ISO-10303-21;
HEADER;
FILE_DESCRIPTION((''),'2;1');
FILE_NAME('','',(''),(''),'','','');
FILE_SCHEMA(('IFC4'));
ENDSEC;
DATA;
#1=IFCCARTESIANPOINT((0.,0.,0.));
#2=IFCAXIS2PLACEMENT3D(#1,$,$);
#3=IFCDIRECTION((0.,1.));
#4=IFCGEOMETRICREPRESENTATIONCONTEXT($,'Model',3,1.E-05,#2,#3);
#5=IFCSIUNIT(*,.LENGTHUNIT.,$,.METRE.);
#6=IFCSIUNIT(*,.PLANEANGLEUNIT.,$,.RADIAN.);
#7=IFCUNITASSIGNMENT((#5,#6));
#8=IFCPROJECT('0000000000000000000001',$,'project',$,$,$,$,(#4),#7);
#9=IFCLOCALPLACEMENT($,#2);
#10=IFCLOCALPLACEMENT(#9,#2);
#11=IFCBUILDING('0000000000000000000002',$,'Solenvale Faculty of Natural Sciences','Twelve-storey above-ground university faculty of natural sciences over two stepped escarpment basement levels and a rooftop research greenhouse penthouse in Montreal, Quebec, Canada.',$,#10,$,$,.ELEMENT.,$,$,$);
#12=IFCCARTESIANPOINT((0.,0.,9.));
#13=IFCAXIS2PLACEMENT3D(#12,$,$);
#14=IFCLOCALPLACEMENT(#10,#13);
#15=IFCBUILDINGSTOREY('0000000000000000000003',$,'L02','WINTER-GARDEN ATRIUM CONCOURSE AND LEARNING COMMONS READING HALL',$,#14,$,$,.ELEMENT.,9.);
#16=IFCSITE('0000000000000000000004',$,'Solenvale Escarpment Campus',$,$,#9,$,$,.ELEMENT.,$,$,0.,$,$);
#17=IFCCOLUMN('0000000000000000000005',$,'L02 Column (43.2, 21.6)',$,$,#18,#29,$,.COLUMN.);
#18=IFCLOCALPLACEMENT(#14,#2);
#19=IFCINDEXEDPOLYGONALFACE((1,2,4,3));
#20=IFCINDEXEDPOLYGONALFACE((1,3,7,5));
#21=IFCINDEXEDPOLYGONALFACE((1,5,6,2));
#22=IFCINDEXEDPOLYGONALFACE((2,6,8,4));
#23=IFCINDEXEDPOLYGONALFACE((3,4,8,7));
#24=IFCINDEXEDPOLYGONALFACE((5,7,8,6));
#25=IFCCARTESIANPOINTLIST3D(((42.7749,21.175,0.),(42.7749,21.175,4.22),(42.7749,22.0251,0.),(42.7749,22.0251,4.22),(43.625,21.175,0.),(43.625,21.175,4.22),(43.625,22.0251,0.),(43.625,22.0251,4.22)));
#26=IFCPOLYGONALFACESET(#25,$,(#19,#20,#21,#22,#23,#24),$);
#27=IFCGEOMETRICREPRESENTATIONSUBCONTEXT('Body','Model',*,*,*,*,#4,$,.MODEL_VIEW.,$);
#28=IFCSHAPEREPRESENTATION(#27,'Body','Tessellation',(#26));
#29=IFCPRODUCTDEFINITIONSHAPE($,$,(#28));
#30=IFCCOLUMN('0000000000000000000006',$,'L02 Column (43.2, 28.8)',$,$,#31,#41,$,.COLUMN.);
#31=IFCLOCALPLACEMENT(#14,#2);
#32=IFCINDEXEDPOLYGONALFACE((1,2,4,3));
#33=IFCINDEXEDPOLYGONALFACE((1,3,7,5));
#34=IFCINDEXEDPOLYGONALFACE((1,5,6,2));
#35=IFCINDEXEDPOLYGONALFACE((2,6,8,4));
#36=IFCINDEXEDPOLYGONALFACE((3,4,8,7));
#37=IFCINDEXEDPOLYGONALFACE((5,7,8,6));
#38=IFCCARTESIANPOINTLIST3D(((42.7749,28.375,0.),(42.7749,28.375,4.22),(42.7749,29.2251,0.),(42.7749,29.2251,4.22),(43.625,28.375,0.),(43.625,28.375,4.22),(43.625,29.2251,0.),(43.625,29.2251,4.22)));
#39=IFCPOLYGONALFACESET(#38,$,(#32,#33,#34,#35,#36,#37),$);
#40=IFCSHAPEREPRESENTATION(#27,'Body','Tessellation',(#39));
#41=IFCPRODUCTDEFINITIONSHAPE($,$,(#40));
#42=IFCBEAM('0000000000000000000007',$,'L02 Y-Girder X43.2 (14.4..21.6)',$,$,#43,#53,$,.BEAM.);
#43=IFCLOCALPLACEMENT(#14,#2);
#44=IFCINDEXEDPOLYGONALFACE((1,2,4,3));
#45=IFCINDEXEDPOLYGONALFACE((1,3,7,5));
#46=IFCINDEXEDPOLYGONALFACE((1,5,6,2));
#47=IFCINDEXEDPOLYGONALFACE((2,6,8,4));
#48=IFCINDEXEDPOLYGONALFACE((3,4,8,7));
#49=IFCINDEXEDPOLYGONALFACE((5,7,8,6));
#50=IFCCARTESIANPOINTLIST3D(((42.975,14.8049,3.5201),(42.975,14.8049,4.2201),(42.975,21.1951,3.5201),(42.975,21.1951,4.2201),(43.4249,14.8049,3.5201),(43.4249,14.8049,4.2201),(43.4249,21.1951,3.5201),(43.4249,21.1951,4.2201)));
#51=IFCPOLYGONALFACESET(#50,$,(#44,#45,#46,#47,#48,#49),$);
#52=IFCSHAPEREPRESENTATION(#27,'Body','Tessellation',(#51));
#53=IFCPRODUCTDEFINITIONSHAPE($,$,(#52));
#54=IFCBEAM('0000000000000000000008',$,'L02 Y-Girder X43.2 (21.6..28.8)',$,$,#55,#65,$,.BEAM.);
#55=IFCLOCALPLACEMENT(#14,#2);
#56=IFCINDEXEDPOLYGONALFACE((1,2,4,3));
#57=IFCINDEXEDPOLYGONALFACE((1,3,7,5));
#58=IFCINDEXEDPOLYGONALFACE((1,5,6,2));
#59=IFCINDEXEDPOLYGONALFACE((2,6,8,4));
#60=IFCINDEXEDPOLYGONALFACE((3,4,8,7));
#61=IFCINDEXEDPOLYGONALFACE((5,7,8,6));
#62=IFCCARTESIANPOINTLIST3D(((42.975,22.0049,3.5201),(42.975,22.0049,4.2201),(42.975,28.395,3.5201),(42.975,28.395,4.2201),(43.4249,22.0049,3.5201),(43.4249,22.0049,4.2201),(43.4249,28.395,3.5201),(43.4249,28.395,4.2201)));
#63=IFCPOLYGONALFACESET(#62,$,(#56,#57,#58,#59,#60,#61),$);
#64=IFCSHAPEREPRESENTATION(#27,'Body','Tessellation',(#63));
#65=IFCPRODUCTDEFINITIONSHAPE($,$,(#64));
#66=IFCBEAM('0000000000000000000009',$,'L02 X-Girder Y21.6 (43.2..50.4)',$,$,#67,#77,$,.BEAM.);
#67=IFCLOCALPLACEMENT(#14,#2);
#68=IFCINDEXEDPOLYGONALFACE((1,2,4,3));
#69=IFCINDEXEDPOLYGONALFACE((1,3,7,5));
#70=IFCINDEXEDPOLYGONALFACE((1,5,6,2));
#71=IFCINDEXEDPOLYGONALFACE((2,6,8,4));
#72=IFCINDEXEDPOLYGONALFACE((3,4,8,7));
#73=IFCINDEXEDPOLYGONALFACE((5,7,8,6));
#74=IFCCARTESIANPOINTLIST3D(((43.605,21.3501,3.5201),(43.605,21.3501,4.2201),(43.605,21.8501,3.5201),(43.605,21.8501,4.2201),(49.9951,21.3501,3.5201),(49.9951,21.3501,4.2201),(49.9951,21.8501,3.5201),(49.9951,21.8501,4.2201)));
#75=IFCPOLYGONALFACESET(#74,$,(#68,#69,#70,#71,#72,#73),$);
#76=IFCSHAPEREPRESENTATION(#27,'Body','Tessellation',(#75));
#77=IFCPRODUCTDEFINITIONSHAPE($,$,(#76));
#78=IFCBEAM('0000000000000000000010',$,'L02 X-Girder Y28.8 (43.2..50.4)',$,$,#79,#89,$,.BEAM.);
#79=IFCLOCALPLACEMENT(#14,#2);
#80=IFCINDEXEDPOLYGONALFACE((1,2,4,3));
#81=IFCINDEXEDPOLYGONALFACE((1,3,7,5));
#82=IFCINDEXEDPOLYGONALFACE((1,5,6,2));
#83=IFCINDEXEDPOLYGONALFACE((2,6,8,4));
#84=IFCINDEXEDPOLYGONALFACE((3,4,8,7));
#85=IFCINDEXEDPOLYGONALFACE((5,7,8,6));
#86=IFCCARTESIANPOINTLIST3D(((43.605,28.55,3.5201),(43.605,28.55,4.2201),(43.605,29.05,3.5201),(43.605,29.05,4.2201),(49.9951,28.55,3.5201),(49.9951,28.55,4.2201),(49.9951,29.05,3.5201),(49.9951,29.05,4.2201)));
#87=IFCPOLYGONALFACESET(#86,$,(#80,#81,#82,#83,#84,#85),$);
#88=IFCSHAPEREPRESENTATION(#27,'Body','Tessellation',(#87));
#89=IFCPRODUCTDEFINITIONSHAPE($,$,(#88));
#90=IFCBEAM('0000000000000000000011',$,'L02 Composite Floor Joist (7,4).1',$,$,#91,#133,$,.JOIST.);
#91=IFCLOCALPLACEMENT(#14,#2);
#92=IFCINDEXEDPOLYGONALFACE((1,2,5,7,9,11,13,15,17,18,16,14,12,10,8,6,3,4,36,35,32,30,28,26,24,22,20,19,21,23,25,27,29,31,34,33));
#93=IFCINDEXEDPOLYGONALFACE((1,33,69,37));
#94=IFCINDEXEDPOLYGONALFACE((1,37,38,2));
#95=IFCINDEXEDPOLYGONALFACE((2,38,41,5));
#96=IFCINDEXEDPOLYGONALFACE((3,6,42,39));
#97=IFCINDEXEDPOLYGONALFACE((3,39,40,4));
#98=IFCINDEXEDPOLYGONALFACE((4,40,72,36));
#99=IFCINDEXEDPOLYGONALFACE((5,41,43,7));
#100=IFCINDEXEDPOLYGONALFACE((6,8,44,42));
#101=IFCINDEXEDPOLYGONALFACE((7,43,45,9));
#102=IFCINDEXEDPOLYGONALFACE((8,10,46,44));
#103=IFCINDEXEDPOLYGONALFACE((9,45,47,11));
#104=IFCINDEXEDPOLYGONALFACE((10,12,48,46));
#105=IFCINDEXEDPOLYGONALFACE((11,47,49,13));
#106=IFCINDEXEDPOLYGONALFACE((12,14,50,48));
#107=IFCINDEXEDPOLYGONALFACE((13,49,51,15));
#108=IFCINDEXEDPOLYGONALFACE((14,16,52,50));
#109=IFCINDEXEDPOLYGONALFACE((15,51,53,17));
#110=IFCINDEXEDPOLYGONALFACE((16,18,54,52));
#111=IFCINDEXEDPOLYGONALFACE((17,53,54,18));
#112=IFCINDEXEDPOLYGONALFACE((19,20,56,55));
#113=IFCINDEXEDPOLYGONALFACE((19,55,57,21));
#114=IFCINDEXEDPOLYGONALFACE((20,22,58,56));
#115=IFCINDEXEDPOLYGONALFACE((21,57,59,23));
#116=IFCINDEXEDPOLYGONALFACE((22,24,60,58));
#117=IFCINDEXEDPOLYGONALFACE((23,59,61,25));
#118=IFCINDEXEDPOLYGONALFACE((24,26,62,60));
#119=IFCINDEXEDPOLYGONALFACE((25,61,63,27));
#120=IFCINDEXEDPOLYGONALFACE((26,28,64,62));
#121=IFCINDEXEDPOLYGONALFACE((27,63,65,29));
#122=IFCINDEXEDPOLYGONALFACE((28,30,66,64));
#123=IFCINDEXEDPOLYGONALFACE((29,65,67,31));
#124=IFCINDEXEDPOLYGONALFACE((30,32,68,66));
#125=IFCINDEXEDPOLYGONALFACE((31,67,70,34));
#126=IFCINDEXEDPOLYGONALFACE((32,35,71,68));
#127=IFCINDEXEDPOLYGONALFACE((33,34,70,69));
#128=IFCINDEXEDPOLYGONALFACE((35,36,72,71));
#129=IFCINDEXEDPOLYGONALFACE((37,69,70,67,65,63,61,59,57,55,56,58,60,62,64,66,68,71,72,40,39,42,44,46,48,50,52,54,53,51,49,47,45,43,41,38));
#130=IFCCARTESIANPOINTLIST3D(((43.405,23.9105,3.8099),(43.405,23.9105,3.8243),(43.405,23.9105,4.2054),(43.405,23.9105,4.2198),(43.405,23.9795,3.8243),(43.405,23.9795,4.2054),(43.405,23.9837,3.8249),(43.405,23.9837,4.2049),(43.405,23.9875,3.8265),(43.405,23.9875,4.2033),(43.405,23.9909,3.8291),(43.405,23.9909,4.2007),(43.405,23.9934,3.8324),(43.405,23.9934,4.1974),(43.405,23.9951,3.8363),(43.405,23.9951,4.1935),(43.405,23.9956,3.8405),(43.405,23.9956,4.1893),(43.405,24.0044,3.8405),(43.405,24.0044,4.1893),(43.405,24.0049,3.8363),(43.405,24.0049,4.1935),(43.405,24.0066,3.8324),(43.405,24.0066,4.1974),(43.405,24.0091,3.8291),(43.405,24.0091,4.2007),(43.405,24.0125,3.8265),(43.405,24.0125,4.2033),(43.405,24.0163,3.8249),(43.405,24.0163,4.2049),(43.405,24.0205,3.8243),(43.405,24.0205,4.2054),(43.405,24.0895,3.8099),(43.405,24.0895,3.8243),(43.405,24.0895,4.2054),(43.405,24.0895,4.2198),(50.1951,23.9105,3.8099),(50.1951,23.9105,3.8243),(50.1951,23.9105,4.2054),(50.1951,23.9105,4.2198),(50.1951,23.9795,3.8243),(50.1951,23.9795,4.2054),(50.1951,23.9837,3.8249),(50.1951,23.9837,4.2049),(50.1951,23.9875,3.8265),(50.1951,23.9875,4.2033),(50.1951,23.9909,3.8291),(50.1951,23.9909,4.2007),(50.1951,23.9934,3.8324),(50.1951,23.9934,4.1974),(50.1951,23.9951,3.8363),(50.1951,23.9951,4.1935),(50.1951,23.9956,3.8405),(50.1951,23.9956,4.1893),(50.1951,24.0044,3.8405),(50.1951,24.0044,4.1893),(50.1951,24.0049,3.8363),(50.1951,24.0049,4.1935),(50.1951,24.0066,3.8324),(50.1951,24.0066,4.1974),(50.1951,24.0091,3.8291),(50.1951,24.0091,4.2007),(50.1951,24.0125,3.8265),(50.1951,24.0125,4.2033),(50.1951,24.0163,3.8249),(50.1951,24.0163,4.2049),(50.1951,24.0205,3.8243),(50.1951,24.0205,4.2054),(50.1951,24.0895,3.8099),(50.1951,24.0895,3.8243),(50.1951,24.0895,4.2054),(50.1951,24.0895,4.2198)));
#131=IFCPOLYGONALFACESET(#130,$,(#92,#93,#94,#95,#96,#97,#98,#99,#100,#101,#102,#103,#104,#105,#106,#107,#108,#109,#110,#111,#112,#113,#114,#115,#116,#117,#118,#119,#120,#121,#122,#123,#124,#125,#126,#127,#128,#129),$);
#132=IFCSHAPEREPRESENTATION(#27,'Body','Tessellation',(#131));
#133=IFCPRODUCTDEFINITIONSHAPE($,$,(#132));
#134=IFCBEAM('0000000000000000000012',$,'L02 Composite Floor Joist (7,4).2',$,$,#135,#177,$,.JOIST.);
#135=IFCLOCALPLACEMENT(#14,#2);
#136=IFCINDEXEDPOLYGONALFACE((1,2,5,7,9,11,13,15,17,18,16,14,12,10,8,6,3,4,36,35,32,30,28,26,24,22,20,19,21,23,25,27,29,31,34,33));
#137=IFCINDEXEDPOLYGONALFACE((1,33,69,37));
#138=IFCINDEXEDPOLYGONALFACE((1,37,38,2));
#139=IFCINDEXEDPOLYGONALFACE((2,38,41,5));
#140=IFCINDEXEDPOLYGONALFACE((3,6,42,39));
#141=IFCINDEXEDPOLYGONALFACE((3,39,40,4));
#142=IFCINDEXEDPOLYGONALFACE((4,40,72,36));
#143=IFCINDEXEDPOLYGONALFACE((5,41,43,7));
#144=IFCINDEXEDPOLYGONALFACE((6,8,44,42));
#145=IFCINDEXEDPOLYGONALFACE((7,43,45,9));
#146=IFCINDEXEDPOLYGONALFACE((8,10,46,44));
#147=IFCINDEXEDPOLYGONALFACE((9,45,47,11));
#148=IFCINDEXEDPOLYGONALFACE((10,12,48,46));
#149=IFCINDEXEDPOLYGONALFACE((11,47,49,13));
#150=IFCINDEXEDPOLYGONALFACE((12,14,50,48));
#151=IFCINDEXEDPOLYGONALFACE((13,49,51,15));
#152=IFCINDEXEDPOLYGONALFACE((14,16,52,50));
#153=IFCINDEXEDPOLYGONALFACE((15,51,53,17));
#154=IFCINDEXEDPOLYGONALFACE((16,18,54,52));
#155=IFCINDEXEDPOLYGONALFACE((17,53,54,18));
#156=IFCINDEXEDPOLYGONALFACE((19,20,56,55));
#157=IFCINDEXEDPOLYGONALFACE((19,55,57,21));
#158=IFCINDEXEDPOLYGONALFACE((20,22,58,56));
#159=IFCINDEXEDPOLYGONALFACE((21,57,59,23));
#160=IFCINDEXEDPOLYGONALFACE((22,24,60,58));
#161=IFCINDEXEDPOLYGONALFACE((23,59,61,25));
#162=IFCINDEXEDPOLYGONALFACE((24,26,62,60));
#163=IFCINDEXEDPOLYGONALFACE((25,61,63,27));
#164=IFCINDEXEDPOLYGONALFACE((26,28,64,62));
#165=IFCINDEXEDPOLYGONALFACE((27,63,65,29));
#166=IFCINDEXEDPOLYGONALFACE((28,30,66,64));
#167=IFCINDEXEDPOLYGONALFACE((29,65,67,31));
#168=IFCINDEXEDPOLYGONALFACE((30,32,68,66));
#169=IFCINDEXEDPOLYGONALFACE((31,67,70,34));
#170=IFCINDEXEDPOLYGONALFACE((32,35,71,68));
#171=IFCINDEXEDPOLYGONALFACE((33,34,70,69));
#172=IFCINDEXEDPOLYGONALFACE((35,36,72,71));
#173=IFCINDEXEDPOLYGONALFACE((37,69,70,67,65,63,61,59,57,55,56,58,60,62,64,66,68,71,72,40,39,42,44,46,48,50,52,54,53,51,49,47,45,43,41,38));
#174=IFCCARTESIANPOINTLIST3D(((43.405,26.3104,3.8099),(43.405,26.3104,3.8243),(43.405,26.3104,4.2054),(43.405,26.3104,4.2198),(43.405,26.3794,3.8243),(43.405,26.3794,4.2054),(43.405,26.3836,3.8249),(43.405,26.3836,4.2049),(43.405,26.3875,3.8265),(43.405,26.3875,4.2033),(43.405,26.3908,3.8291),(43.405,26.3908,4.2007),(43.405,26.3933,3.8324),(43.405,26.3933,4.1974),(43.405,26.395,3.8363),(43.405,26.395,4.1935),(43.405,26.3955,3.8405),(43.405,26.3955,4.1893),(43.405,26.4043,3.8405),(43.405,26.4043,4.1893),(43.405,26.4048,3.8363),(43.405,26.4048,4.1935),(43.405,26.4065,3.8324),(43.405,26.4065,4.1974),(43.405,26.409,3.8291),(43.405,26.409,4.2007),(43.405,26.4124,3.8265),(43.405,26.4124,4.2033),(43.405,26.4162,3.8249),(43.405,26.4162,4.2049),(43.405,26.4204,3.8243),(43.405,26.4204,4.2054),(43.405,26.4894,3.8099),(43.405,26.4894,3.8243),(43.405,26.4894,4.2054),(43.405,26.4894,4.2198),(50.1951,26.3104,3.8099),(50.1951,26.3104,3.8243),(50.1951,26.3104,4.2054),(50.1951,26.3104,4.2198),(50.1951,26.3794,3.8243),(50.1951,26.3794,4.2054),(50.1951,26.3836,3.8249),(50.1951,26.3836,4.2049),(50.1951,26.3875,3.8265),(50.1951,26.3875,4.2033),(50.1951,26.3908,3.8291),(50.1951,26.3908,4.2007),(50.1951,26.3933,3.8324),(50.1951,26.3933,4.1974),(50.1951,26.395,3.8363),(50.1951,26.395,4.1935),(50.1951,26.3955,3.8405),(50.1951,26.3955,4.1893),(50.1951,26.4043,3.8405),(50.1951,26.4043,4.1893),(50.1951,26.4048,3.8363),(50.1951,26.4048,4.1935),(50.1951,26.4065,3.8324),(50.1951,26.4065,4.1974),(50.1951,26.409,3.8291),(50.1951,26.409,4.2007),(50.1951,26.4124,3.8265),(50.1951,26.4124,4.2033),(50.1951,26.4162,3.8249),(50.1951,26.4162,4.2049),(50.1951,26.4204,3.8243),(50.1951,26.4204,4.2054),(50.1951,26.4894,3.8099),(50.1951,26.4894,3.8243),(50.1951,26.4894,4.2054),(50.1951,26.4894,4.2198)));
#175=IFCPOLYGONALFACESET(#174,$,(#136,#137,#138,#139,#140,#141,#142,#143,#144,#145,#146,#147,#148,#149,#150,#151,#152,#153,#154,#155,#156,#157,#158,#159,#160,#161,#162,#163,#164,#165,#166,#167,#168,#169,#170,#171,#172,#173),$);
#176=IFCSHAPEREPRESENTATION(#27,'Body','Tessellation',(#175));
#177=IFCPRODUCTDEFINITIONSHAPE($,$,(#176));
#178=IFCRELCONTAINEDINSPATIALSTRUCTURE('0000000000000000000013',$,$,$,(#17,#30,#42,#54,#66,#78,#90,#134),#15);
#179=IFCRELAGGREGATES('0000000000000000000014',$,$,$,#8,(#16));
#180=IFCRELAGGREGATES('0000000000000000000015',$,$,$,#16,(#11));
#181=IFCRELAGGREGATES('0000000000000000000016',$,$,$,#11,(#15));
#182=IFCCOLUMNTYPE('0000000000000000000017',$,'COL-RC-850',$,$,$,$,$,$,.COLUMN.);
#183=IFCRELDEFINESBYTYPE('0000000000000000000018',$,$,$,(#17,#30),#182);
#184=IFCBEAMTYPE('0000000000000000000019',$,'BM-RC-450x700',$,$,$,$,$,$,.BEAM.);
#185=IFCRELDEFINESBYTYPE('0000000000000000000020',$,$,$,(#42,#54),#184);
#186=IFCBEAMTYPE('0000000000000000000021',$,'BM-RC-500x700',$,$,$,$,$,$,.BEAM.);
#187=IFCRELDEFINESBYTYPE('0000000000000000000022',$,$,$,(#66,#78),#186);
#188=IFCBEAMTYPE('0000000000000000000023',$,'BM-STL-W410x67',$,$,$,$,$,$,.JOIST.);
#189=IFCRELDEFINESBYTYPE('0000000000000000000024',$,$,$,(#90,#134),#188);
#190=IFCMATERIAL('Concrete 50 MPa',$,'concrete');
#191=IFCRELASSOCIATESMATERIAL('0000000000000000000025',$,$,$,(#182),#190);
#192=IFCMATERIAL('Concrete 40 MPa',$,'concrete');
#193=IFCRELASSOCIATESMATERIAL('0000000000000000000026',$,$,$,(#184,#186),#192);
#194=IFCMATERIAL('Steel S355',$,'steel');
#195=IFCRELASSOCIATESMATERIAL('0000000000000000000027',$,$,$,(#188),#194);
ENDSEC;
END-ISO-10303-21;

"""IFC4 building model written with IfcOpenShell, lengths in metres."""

from ifc_helpers import new_model, si_unit, direction, frame, origin, origin_2d, place, context, subcontext, project, spatial, rectangle, i_section, extrude, material, material_profile, profile_set, type_object, element, save


model = new_model("IFC4")

# Units and contexts
model_context = context("Model", 3, precision=1e-05, world=origin(), true_north=direction((0.0, 1.0)))
body_context = subcontext(model_context, "Body", "Model", "MODEL_VIEW")
ifc_project = project(units=[si_unit("LENGTHUNIT", "METRE"), si_unit("PLANEANGLEUNIT", "RADIAN")], contexts=[model_context])

# Site, building, storey
site_placement = place(None, origin())
site = spatial("IfcSite", under=ifc_project, at=site_placement, Name="Solenvale Escarpment Campus", CompositionType="ELEMENT", RefElevation=0.0)
building_placement = place(site_placement, origin())
building = spatial("IfcBuilding", under=site, at=building_placement, Name="Solenvale Faculty of Natural Sciences", Description="Twelve-storey above-ground university faculty of natural sciences over two stepped escarpment basement levels and a rooftop research greenhouse penthouse in Montreal, Quebec, Canada.", CompositionType="ELEMENT")
storey_placement = place(building_placement, frame((0.0, 0.0, 9.0)))
storey = spatial("IfcBuildingStorey", under=building, at=storey_placement, Name="L02", Description="WINTER-GARDEN ATRIUM CONCOURSE AND LEARNING COMMONS READING HALL", CompositionType="ELEMENT", Elevation=9.0)

# Columns
ifc_material_1 = material(Name="Concrete 50 MPa", Category="concrete")
ifc_material_profile_1 = material_profile(ifc_material_1, rectangle(XDim=0.8501, YDim=0.8501, at=origin_2d()), Name="RC-COL-850x850")
ifc_profile_set_1 = profile_set([ifc_material_profile_1], Name="Concrete 50 MPa")
column_type = type_object("IfcColumnType", Name="COL-RC-850", PredefinedType="COLUMN", material=ifc_profile_set_1)
for number, where, z_axis, x_axis, name in (
    (1, (43.2, 21.6001, 0.0), (0.0, 0.0, 1.0), (1.0, 0.0, 0.0), "L02 Column (43.2, 21.6)"),
    (2, (43.2, 28.8, 0.0), (0.0, 0.0, 1.0), (1.0, 0.0, 0.0), "L02 Column (43.2, 28.8)"),
):
    element("IfcColumn", number, at=place(storey_placement, frame(where, z_axis=z_axis, x_axis=x_axis)), inside=storey, type_object=column_type, Name=name, PredefinedType="COLUMN", context=body_context, shape_type="SweptSolid", body=[
        extrude(rectangle(XDim=0.8501, YDim=0.8501, at=origin_2d()), origin(), (0.0, 0.0, 1.0), 4.22),
    ])

# Beams
ifc_material_2 = material(Name="Concrete 40 MPa", Category="concrete")
ifc_material_profile_2 = material_profile(ifc_material_2, rectangle(XDim=0.45, YDim=0.7, at=origin_2d()), Name="RC-BM-450x700")
ifc_profile_set_2 = profile_set([ifc_material_profile_2], Name="Concrete 40 MPa")
beam_type_1 = type_object("IfcBeamType", Name="BM-RC-450x700", PredefinedType="BEAM", material=ifc_profile_set_2)
for number, where, z_axis, x_axis, name in (
    (3, (43.2, 14.8049, 3.8701), (0.0, 1.0, 0.0), (-1.0, 0.0, 0.0), "L02 Y-Girder X43.2 (14.4..21.6)"),
    (4, (43.2, 22.0049, 3.8701), (0.0, 1.0, 0.0), (-1.0, 0.0, 0.0), "L02 Y-Girder X43.2 (21.6..28.8)"),
):
    element("IfcBeam", number, at=place(storey_placement, frame(where, z_axis=z_axis, x_axis=x_axis)), inside=storey, type_object=beam_type_1, Name=name, PredefinedType="BEAM", context=body_context, shape_type="SweptSolid", body=[
        extrude(rectangle(XDim=0.45, YDim=0.7, at=origin_2d()), origin(), (0.0, 0.0, 1.0), 6.3901),
    ])
ifc_material_profile_3 = material_profile(ifc_material_2, rectangle(XDim=0.5, YDim=0.7, at=origin_2d()), Name="RC-BM-500x700")
ifc_profile_set_3 = profile_set([ifc_material_profile_3], Name="Concrete 40 MPa")
beam_type_2 = type_object("IfcBeamType", Name="BM-RC-500x700", PredefinedType="BEAM", material=ifc_profile_set_3)
for number, where, z_axis, x_axis, name in (
    (5, (43.605, 21.6001, 3.8701), (1.0, 0.0, 0.0), (0.0, 1.0, 0.0), "L02 X-Girder Y21.6 (43.2..50.4)"),
    (6, (43.605, 28.8, 3.8701), (1.0, 0.0, 0.0), (0.0, 1.0, 0.0), "L02 X-Girder Y28.8 (43.2..50.4)"),
):
    element("IfcBeam", number, at=place(storey_placement, frame(where, z_axis=z_axis, x_axis=x_axis)), inside=storey, type_object=beam_type_2, Name=name, PredefinedType="BEAM", context=body_context, shape_type="SweptSolid", body=[
        extrude(rectangle(XDim=0.5, YDim=0.7, at=origin_2d()), origin(), (0.0, 0.0, 1.0), 6.3901),
    ])
ifc_material_3 = material(Name="Steel S355", Category="steel")
ifc_material_profile_4 = material_profile(ifc_material_3, i_section(OverallWidth=0.179, OverallDepth=0.4099, WebThickness=0.0088, FlangeThickness=0.0144, FilletRadius=0.0161, at=origin_2d()), Name="W410x67")
ifc_profile_set_4 = profile_set([ifc_material_profile_4], Name="Steel S355")
beam_type_3 = type_object("IfcBeamType", Name="BM-STL-W410x67", PredefinedType="JOIST", material=ifc_profile_set_4)
for number, where, z_axis, x_axis, name in (
    (7, (43.405, 24.0, 4.0149), (1.0, 0.0, 0.0), (0.0, 1.0, 0.0), "L02 Composite Floor Joist (7,4).1"),
    (8, (43.405, 26.3999, 4.0149), (1.0, 0.0, 0.0), (0.0, 1.0, 0.0), "L02 Composite Floor Joist (7,4).2"),
):
    element("IfcBeam", number, at=place(storey_placement, frame(where, z_axis=z_axis, x_axis=x_axis)), inside=storey, type_object=beam_type_3, Name=name, PredefinedType="JOIST", context=body_context, shape_type="SweptSolid", body=[
        extrude(i_section(OverallWidth=0.179, OverallDepth=0.4099, WebThickness=0.0088, FlangeThickness=0.0144, FilletRadius=0.0161, at=origin_2d()), origin(), (0.0, 0.0, 1.0), 6.79),
    ])

save(model, "model.ifc")
